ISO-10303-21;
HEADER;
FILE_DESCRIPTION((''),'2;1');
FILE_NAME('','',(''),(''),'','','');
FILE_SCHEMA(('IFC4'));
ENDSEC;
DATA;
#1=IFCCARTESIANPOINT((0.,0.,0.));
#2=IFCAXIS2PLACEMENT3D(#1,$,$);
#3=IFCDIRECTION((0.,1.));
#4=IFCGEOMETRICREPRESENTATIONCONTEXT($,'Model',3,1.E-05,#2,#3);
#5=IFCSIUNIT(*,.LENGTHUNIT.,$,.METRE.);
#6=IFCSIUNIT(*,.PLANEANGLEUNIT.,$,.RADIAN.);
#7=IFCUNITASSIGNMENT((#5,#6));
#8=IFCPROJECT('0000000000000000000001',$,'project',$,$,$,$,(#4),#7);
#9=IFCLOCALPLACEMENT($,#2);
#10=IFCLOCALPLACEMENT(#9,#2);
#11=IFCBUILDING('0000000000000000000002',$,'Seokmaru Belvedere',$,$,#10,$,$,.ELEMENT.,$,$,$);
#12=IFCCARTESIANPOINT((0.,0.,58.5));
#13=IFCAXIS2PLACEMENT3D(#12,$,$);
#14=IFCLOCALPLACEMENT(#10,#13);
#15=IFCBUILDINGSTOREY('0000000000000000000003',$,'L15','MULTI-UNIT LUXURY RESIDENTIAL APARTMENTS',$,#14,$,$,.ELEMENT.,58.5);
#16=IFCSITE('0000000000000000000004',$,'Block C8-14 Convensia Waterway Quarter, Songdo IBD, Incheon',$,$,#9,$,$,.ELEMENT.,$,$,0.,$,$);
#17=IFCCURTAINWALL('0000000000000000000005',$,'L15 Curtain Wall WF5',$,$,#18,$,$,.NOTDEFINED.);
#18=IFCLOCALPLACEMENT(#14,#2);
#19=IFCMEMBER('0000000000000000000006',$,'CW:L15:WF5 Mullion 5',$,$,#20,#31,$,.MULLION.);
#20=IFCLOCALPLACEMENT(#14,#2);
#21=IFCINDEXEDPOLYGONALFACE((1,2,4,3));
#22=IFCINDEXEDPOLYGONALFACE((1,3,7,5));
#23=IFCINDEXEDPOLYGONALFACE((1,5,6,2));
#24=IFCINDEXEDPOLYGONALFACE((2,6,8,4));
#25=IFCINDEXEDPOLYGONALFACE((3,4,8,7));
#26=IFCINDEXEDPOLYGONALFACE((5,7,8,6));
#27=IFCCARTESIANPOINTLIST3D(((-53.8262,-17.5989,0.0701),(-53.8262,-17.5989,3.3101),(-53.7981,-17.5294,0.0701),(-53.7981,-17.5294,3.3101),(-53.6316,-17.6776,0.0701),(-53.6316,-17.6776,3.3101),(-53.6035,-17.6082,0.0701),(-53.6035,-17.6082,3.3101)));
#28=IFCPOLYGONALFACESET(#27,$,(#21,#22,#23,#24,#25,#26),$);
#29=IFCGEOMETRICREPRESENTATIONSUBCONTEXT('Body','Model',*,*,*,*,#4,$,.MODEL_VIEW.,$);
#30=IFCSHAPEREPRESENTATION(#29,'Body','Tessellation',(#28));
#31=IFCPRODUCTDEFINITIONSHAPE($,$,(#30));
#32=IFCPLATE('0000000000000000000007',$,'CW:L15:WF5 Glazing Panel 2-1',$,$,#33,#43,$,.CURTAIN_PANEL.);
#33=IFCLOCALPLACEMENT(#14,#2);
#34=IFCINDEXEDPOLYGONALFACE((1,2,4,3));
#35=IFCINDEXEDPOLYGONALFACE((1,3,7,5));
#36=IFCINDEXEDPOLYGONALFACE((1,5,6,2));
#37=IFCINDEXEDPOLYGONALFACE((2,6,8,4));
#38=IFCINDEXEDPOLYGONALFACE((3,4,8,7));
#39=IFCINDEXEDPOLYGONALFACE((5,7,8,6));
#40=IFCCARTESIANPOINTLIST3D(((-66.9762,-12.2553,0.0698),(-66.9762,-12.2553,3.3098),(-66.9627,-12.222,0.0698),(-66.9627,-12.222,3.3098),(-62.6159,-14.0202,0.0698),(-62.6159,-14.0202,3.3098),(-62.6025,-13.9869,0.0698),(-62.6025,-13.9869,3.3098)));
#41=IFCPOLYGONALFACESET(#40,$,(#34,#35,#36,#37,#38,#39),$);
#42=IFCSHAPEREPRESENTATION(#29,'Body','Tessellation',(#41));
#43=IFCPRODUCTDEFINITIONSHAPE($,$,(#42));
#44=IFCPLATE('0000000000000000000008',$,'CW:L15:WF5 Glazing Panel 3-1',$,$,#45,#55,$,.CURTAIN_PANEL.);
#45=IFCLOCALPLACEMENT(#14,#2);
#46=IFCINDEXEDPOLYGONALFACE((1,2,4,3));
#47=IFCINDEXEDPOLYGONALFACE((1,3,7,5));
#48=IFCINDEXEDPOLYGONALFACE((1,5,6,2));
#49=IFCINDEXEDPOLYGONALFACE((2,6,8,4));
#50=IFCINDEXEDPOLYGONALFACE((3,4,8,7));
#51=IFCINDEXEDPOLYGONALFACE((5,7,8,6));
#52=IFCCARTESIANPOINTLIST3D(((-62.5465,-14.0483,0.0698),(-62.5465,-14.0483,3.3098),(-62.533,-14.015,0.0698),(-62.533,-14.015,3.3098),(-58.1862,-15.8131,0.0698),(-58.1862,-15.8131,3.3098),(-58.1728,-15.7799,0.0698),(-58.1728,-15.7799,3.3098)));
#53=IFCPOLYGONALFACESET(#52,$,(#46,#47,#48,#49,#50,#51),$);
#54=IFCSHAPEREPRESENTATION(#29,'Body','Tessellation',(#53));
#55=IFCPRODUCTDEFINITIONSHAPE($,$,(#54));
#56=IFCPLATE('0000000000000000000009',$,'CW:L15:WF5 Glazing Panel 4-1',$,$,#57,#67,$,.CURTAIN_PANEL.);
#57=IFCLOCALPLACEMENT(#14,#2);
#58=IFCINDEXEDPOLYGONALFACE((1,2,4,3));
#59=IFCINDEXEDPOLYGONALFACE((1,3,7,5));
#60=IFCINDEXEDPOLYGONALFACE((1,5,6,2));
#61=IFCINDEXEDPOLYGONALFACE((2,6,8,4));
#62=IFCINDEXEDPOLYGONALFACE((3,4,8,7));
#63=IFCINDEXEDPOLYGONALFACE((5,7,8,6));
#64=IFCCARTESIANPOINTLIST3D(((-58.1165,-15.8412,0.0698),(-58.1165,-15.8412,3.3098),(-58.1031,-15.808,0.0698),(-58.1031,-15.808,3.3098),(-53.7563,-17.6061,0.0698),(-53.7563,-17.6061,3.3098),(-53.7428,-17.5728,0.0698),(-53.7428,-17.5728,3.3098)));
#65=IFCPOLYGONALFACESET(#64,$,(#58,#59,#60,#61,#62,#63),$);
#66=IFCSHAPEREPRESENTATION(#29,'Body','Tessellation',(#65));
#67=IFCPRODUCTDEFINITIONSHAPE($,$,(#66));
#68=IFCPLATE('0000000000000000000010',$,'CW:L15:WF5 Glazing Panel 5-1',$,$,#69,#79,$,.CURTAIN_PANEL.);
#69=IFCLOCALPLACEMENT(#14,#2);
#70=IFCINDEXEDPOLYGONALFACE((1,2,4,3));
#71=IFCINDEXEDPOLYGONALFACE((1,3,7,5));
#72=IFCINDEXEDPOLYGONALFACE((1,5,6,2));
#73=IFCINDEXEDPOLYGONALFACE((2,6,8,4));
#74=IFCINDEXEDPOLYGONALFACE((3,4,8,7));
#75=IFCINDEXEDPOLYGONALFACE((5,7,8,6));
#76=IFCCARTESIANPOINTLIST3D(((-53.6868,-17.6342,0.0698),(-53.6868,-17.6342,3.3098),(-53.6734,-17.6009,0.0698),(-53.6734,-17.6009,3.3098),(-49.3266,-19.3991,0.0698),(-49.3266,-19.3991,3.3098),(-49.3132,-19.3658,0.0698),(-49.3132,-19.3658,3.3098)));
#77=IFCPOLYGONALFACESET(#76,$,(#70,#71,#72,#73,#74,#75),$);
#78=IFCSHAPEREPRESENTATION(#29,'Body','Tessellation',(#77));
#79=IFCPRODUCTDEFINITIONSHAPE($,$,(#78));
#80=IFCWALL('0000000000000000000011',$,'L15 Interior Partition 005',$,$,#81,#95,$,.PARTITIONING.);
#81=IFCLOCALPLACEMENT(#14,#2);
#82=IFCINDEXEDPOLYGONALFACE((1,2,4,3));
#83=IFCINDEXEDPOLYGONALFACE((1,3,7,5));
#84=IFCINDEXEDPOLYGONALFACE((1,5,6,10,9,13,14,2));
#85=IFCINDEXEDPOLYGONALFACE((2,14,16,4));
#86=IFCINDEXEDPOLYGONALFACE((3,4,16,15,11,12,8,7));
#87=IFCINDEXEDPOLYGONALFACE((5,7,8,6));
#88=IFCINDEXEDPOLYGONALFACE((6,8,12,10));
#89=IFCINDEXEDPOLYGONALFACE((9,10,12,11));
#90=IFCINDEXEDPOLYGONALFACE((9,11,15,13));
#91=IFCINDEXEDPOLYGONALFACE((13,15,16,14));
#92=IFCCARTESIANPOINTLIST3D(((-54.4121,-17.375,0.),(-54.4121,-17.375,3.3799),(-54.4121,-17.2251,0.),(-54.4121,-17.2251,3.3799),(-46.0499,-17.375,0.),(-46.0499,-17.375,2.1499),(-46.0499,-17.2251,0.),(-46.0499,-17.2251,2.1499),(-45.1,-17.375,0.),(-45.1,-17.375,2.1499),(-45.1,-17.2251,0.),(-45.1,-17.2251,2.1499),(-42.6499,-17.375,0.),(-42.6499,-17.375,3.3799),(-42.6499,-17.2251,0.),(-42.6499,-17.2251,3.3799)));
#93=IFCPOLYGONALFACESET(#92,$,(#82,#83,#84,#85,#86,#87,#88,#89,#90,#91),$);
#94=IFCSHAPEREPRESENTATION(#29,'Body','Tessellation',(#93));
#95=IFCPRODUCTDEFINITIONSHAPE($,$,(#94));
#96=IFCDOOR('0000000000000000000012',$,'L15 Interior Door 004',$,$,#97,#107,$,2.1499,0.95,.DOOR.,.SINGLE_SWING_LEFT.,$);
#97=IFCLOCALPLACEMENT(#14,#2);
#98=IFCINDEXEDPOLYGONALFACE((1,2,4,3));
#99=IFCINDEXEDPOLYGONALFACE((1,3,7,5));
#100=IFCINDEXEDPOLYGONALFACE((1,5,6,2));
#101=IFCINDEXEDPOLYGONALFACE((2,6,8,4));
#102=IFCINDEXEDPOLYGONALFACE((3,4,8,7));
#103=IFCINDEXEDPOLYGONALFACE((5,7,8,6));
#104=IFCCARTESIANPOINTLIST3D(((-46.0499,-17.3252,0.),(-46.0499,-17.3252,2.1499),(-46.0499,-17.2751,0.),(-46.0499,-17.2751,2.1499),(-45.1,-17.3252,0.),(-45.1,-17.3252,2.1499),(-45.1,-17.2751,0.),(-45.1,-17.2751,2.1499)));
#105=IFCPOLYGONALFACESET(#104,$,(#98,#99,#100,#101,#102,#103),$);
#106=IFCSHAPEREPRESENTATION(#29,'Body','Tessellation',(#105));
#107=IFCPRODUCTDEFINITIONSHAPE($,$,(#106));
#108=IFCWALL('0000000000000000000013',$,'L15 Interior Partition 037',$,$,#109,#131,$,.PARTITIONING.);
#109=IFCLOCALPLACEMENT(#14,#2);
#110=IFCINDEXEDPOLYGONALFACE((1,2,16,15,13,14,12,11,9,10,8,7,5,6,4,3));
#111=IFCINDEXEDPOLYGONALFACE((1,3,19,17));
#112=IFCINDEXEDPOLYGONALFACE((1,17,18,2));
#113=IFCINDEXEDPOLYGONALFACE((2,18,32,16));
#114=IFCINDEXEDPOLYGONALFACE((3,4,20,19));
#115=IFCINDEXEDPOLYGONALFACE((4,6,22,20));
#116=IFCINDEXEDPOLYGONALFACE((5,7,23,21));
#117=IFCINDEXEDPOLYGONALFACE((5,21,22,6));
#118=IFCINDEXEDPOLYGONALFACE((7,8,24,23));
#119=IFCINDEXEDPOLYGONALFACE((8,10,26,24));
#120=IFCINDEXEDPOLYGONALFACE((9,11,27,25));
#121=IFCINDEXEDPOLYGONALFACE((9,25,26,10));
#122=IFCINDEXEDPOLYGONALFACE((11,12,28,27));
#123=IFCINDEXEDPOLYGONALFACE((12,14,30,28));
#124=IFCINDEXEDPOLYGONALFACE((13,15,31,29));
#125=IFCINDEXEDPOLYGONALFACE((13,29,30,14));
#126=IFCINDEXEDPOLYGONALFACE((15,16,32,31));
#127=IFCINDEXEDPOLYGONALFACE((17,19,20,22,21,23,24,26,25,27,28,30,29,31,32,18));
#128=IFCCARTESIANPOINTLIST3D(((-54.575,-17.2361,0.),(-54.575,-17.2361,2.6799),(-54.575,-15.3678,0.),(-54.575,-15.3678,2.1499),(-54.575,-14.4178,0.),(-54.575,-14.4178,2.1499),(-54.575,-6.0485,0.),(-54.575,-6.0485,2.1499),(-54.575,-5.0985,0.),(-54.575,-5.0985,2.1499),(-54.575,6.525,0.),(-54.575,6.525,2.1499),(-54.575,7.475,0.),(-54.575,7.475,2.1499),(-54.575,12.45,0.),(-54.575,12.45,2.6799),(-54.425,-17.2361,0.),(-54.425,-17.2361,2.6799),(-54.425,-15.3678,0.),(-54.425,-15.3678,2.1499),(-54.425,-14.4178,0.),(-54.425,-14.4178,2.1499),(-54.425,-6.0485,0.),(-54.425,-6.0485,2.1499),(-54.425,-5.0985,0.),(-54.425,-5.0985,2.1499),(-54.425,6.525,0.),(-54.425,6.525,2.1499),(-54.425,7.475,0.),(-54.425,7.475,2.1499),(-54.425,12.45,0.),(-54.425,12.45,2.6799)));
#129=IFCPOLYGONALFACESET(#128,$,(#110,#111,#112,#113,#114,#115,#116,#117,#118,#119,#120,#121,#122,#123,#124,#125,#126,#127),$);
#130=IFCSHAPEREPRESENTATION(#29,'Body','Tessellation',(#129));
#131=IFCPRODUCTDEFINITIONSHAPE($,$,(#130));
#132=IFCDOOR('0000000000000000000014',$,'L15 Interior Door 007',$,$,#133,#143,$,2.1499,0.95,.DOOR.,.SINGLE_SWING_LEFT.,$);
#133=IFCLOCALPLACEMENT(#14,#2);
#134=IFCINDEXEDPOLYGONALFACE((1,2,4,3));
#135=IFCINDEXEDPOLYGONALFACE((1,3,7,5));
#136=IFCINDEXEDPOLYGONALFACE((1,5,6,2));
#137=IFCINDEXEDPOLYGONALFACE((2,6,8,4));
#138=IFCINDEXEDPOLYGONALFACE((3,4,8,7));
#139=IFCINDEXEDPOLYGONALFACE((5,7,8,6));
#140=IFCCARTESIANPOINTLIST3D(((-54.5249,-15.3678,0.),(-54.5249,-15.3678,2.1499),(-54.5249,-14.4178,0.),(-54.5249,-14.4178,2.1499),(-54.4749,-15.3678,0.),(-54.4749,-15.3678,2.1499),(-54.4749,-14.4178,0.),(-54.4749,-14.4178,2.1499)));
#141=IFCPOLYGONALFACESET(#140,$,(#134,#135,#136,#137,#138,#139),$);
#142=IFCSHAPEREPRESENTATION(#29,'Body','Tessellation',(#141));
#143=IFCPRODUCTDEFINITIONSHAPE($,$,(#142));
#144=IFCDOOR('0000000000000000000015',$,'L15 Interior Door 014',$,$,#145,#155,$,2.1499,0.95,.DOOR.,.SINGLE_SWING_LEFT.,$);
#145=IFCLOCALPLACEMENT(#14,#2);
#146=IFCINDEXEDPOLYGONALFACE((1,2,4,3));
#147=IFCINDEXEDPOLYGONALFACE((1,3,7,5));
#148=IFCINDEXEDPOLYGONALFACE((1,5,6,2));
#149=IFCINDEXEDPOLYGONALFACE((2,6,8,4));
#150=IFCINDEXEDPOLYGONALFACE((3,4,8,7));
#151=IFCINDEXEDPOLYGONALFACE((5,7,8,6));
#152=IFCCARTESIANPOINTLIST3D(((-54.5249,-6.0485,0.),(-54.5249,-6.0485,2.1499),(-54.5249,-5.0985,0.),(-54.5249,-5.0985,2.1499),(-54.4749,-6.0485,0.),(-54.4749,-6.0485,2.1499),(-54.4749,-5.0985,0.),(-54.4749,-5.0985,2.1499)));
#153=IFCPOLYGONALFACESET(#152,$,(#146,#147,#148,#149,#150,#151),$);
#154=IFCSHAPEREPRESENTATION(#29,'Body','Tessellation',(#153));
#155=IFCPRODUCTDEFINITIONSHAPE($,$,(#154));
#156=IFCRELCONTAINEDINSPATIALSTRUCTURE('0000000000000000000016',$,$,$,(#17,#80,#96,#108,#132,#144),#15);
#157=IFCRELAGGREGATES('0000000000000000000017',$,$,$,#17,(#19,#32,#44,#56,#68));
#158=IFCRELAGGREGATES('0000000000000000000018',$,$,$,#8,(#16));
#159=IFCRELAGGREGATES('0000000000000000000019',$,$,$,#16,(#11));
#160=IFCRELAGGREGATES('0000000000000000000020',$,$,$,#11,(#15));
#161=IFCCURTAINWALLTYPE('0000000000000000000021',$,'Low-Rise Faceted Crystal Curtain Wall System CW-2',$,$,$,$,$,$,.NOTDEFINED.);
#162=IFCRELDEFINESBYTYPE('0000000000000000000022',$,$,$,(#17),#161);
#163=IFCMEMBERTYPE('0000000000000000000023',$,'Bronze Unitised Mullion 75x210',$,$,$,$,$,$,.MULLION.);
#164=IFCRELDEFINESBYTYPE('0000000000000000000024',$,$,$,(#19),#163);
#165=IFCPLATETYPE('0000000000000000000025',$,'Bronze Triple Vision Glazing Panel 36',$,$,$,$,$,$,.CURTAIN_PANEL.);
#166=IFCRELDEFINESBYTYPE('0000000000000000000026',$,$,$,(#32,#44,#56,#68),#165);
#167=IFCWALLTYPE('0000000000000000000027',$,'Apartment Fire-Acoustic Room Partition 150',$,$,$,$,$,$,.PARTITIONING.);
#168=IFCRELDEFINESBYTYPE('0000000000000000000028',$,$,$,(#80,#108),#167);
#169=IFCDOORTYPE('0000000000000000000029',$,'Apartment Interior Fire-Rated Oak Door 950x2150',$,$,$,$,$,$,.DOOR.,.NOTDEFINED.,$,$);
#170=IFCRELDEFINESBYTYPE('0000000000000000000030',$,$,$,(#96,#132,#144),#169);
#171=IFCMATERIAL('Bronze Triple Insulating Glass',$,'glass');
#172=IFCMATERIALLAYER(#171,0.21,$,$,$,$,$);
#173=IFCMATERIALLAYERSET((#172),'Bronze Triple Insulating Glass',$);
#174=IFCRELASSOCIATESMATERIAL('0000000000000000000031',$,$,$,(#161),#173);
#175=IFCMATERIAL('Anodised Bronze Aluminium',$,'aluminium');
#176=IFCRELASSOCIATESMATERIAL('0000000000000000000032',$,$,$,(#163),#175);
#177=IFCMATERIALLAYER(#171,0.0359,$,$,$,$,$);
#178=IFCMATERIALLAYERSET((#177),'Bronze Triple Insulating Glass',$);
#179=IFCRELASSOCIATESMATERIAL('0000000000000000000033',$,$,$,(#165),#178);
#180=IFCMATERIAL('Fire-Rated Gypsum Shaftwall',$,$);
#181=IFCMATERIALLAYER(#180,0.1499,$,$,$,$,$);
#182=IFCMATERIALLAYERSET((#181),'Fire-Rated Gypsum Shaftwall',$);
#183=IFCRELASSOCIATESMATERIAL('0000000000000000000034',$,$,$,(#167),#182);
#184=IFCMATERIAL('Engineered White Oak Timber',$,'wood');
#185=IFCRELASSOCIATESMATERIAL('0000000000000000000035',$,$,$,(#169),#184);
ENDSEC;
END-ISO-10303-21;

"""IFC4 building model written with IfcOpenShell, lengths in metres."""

from ifc_helpers import new_model, si_unit, direction, frame, frame_2d, origin, origin_2d, place, context, subcontext, project, spatial, rectangle, extrude, source, transform, mapped, material, layer, layer_set, material_profile, profile_set, type_object, type_shapes, element, fill, aggregate, save


model = new_model("IFC4")

# Units and contexts
model_context = context("Model", 3, precision=1e-05, world=origin(), true_north=direction((0.0, 1.0)))
body_context = subcontext(model_context, "Body", "Model", "MODEL_VIEW")
ifc_project = project(units=[si_unit("LENGTHUNIT", "METRE"), si_unit("PLANEANGLEUNIT", "RADIAN")], contexts=[model_context])

# Site, building, storey
site_placement = place(None, origin())
site = spatial("IfcSite", under=ifc_project, at=site_placement, Name="Block C8-14 Convensia Waterway Quarter, Songdo IBD, Incheon", CompositionType="ELEMENT", RefElevation=0.0)
building_placement = place(site_placement, origin())
building = spatial("IfcBuilding", under=site, at=building_placement, Name="Seokmaru Belvedere", CompositionType="ELEMENT")
storey_placement = place(building_placement, frame((0.0, 0.0, 58.5)))
storey = spatial("IfcBuildingStorey", under=building, at=storey_placement, Name="L15", Description="MULTI-UNIT LUXURY RESIDENTIAL APARTMENTS", CompositionType="ELEMENT", Elevation=58.5)

# Curtain wall, member, plates
ifc_material_1 = material(Name="Bronze Triple Insulating Glass", Category="glass")
ifc_layer_1 = layer(ifc_material_1, 0.21)
ifc_layer_set_1 = layer_set([ifc_layer_1], Name="Bronze Triple Insulating Glass")
curtain_wall_type = type_object("IfcCurtainWallType", Name="Low-Rise Faceted Crystal Curtain Wall System CW-2", PredefinedType="NOTDEFINED", material=ifc_layer_set_1)
curtain_wall_placement = place(storey_placement, origin())
curtain_wall = element("IfcCurtainWall", 1, at=curtain_wall_placement, inside=storey, type_object=curtain_wall_type, Name="L15 Curtain Wall WF5", PredefinedType="NOTDEFINED")
ifc_material_2 = material(Name="Anodised Bronze Aluminium", Category="aluminium")
ifc_material_profile_1 = material_profile(ifc_material_2, rectangle(XDim=0.075, YDim=0.21, at=origin_2d()), Name="CW-M-75x210")
ifc_profile_set_1 = profile_set([ifc_material_profile_1], Name="Anodised Bronze Aluminium")
member_type = type_object("IfcMemberType", Name="Bronze Unitised Mullion 75x210", PredefinedType="MULLION", material=ifc_profile_set_1)
shared_shape_1 = source(origin(), body_context, "Body", "SweptSolid", [
    extrude(rectangle(XDim=0.075, YDim=0.21, at=origin_2d()), origin(), (0.0, 0.0, 1.0), 3.24),
])
type_shapes(member_type, [shared_shape_1])
member_1_placement = place(storey_placement, frame((-53.7148, -17.6035, 0.0701), z_axis=(0.0, 0.0, 1.0), x_axis=(0.375192, 0.926947, 0.0)))
member_1 = element("IfcMember", 2, at=member_1_placement, type_object=member_type, Name="CW:L15:WF5 Mullion 5", PredefinedType="MULLION", context=body_context, shape_type="MappedRepresentation", body=[
    mapped(shared_shape_1, transform((0.0, 0.0, 0.0), scale=1.0)),
])
ifc_layer_2 = layer(ifc_material_1, 0.0359)
ifc_layer_set_2 = layer_set([ifc_layer_2], Name="Bronze Triple Insulating Glass")
plate_type = type_object("IfcPlateType", Name="Bronze Triple Vision Glazing Panel 36", PredefinedType="CURTAIN_PANEL", material=ifc_layer_set_2)
shared_shape_2 = source(origin(), body_context, "Body", "SweptSolid", [
    extrude(rectangle(XDim=4.7039, YDim=0.0359, at=origin_2d()), origin(), (0.0, 0.0, 1.0), 3.24),
])
type_shapes(plate_type, [shared_shape_2])
plate_1_placement = place(storey_placement, frame((-64.7893, -13.1211, 0.0698), z_axis=(0.0, 0.0, 1.0), x_axis=(0.926947, -0.375192, 0.0)))
plate_1 = element("IfcPlate", 3, at=plate_1_placement, type_object=plate_type, Name="CW:L15:WF5 Glazing Panel 2-1", PredefinedType="CURTAIN_PANEL", context=body_context, shape_type="MappedRepresentation", body=[
    mapped(shared_shape_2, transform((0.0, 0.0, 0.0), scale=1.0)),
])
plate_2_placement = place(storey_placement, frame((-60.3596, -14.9141, 0.0698), z_axis=(0.0, 0.0, 1.0), x_axis=(0.926947, -0.375192, 0.0)))
plate_2 = element("IfcPlate", 4, at=plate_2_placement, type_object=plate_type, Name="CW:L15:WF5 Glazing Panel 3-1", PredefinedType="CURTAIN_PANEL", context=body_context, shape_type="MappedRepresentation", body=[
    mapped(shared_shape_2, transform((0.0, 0.0, 0.0), scale=1.0)),
])
plate_3_placement = place(storey_placement, frame((-55.9297, -16.707, 0.0698), z_axis=(0.0, 0.0, 1.0), x_axis=(0.926947, -0.375192, 0.0)))
plate_3 = element("IfcPlate", 5, at=plate_3_placement, type_object=plate_type, Name="CW:L15:WF5 Glazing Panel 4-1", PredefinedType="CURTAIN_PANEL", context=body_context, shape_type="MappedRepresentation", body=[
    mapped(shared_shape_2, transform((0.0, 0.0, 0.0), scale=1.0)),
])
plate_4_placement = place(storey_placement, frame((-51.5, -18.5, 0.0698), z_axis=(0.0, 0.0, 1.0), x_axis=(0.926947, -0.375192, 0.0)))
plate_4 = element("IfcPlate", 6, at=plate_4_placement, type_object=plate_type, Name="CW:L15:WF5 Glazing Panel 5-1", PredefinedType="CURTAIN_PANEL", context=body_context, shape_type="MappedRepresentation", body=[
    mapped(shared_shape_2, transform((0.0, 0.0, 0.0), scale=1.0)),
])
aggregate(curtain_wall, [member_1, plate_1, plate_2, plate_3, plate_4])

# Wall, opening, door
ifc_material_3 = material(Name="Fire-Rated Gypsum Shaftwall")
ifc_layer_3 = layer(ifc_material_3, 0.1499)
ifc_layer_set_3 = layer_set([ifc_layer_3], Name="Fire-Rated Gypsum Shaftwall")
wall_type = type_object("IfcWallType", Name="Apartment Fire-Acoustic Room Partition 150", PredefinedType="PARTITIONING", material=ifc_layer_set_3)
wall_1_placement = place(storey_placement, frame((-54.4121, -17.3, 0.0), z_axis=(0.0, 0.0, 1.0), x_axis=(1.0, 0.0, 0.0)))
wall_1 = element("IfcWall", 7, at=wall_1_placement, inside=storey, type_object=wall_type, Name="L15 Interior Partition 005", PredefinedType="PARTITIONING", context=body_context, shape_type="SweptSolid", body=[
    extrude(rectangle(XDim=11.7622, YDim=0.1499, at=frame_2d((5.8811, 0.0))), origin(), (0.0, 0.0, 1.0), 3.3799),
])
opening_1_placement = place(wall_1_placement, frame((8.3621, 0.0, 0.0)))
opening_1 = element("IfcOpeningElement", 8, at=opening_1_placement, cuts=wall_1, PredefinedType="OPENING", context=body_context, shape_type="SweptSolid", body=[
    extrude(rectangle(XDim=0.95, YDim=2.1499, at=frame_2d((0.4751, 1.075))), frame((0.0, 0.085, 0.0), z_axis=(0.0, -1.0, 0.0), x_axis=(1.0, 0.0, 0.0)), (0.0, 0.0, 1.0), 0.1699),
])
ifc_material_4 = material(Name="Engineered White Oak Timber", Category="wood")
door_type = type_object("IfcDoorType", Name="Apartment Interior Fire-Rated Oak Door 950x2150", OperationType="NOTDEFINED", PredefinedType="DOOR", material=ifc_material_4)
shared_shape_3 = source(origin(), body_context, "Body", "SweptSolid", [
    extrude(rectangle(XDim=0.95, YDim=2.1499, at=frame_2d((0.4751, 1.075))), frame((0.0, 0.0249, 0.0), z_axis=(0.0, -1.0, 0.0), x_axis=(1.0, 0.0, 0.0)), (0.0, 0.0, 1.0), 0.05),
])
type_shapes(door_type, [shared_shape_3])
door_1_placement = place(opening_1_placement, origin())
door_1 = element("IfcDoor", 9, at=door_1_placement, inside=storey, type_object=door_type, Name="L15 Interior Door 004", OperationType="SINGLE_SWING_LEFT", OverallHeight=2.1499, OverallWidth=0.95, PredefinedType="DOOR", context=body_context, shape_type="MappedRepresentation", body=[
    mapped(shared_shape_3, transform((0.0, 0.0, 0.0), scale=1.0)),
])
fill(opening_1, door_1)

# Wall, openings, doors
wall_2_placement = place(storey_placement, frame((-54.5, -17.2361, 0.0), z_axis=(0.0, 0.0, 1.0), x_axis=(0.0, 1.0, 0.0)))
wall_2 = element("IfcWall", 10, at=wall_2_placement, inside=storey, type_object=wall_type, Name="L15 Interior Partition 037", PredefinedType="PARTITIONING", context=body_context, shape_type="SweptSolid", body=[
    extrude(rectangle(XDim=29.686, YDim=0.1499, at=frame_2d((14.843, 0.0))), origin(), (0.0, 0.0, 1.0), 2.6799),
])
opening_2_placement = place(wall_2_placement, frame((1.8682, 0.0, 0.0)))
opening_2 = element("IfcOpeningElement", 11, at=opening_2_placement, cuts=wall_2, PredefinedType="OPENING", context=body_context, shape_type="SweptSolid", body=[
    extrude(rectangle(XDim=0.95, YDim=2.1499, at=frame_2d((0.4751, 1.075))), frame((0.0, 0.085, 0.0), z_axis=(0.0, -1.0, 0.0), x_axis=(1.0, 0.0, 0.0)), (0.0, 0.0, 1.0), 0.1699),
])
opening_3_placement = place(wall_2_placement, frame((11.1875, 0.0, 0.0)))
opening_3 = element("IfcOpeningElement", 12, at=opening_3_placement, cuts=wall_2, PredefinedType="OPENING", context=body_context, shape_type="SweptSolid", body=[
    extrude(rectangle(XDim=0.95, YDim=2.1499, at=frame_2d((0.4751, 1.075))), frame((0.0, 0.085, 0.0), z_axis=(0.0, -1.0, 0.0), x_axis=(1.0, 0.0, 0.0)), (0.0, 0.0, 1.0), 0.1699),
])
opening_4_placement = place(wall_2_placement, frame((23.761, 0.0, 0.0)))
element("IfcOpeningElement", 13, at=opening_4_placement, cuts=wall_2, PredefinedType="OPENING", context=body_context, shape_type="SweptSolid", body=[
    extrude(rectangle(XDim=0.95, YDim=2.1499, at=frame_2d((0.4751, 1.075))), frame((0.0, 0.085, 0.0), z_axis=(0.0, -1.0, 0.0), x_axis=(1.0, 0.0, 0.0)), (0.0, 0.0, 1.0), 0.1699),
])
door_2_placement = place(opening_2_placement, origin())
door_2 = element("IfcDoor", 14, at=door_2_placement, inside=storey, type_object=door_type, Name="L15 Interior Door 007", OperationType="SINGLE_SWING_LEFT", OverallHeight=2.1499, OverallWidth=0.95, PredefinedType="DOOR", context=body_context, shape_type="MappedRepresentation", body=[
    mapped(shared_shape_3, transform((0.0, 0.0, 0.0), scale=1.0)),
])
fill(opening_2, door_2)
door_3_placement = place(opening_3_placement, origin())
door_3 = element("IfcDoor", 15, at=door_3_placement, inside=storey, type_object=door_type, Name="L15 Interior Door 014", OperationType="SINGLE_SWING_LEFT", OverallHeight=2.1499, OverallWidth=0.95, PredefinedType="DOOR", context=body_context, shape_type="MappedRepresentation", body=[
    mapped(shared_shape_3, transform((0.0, 0.0, 0.0), scale=1.0)),
])
fill(opening_3, door_3)

save(model, "model.ifc")
